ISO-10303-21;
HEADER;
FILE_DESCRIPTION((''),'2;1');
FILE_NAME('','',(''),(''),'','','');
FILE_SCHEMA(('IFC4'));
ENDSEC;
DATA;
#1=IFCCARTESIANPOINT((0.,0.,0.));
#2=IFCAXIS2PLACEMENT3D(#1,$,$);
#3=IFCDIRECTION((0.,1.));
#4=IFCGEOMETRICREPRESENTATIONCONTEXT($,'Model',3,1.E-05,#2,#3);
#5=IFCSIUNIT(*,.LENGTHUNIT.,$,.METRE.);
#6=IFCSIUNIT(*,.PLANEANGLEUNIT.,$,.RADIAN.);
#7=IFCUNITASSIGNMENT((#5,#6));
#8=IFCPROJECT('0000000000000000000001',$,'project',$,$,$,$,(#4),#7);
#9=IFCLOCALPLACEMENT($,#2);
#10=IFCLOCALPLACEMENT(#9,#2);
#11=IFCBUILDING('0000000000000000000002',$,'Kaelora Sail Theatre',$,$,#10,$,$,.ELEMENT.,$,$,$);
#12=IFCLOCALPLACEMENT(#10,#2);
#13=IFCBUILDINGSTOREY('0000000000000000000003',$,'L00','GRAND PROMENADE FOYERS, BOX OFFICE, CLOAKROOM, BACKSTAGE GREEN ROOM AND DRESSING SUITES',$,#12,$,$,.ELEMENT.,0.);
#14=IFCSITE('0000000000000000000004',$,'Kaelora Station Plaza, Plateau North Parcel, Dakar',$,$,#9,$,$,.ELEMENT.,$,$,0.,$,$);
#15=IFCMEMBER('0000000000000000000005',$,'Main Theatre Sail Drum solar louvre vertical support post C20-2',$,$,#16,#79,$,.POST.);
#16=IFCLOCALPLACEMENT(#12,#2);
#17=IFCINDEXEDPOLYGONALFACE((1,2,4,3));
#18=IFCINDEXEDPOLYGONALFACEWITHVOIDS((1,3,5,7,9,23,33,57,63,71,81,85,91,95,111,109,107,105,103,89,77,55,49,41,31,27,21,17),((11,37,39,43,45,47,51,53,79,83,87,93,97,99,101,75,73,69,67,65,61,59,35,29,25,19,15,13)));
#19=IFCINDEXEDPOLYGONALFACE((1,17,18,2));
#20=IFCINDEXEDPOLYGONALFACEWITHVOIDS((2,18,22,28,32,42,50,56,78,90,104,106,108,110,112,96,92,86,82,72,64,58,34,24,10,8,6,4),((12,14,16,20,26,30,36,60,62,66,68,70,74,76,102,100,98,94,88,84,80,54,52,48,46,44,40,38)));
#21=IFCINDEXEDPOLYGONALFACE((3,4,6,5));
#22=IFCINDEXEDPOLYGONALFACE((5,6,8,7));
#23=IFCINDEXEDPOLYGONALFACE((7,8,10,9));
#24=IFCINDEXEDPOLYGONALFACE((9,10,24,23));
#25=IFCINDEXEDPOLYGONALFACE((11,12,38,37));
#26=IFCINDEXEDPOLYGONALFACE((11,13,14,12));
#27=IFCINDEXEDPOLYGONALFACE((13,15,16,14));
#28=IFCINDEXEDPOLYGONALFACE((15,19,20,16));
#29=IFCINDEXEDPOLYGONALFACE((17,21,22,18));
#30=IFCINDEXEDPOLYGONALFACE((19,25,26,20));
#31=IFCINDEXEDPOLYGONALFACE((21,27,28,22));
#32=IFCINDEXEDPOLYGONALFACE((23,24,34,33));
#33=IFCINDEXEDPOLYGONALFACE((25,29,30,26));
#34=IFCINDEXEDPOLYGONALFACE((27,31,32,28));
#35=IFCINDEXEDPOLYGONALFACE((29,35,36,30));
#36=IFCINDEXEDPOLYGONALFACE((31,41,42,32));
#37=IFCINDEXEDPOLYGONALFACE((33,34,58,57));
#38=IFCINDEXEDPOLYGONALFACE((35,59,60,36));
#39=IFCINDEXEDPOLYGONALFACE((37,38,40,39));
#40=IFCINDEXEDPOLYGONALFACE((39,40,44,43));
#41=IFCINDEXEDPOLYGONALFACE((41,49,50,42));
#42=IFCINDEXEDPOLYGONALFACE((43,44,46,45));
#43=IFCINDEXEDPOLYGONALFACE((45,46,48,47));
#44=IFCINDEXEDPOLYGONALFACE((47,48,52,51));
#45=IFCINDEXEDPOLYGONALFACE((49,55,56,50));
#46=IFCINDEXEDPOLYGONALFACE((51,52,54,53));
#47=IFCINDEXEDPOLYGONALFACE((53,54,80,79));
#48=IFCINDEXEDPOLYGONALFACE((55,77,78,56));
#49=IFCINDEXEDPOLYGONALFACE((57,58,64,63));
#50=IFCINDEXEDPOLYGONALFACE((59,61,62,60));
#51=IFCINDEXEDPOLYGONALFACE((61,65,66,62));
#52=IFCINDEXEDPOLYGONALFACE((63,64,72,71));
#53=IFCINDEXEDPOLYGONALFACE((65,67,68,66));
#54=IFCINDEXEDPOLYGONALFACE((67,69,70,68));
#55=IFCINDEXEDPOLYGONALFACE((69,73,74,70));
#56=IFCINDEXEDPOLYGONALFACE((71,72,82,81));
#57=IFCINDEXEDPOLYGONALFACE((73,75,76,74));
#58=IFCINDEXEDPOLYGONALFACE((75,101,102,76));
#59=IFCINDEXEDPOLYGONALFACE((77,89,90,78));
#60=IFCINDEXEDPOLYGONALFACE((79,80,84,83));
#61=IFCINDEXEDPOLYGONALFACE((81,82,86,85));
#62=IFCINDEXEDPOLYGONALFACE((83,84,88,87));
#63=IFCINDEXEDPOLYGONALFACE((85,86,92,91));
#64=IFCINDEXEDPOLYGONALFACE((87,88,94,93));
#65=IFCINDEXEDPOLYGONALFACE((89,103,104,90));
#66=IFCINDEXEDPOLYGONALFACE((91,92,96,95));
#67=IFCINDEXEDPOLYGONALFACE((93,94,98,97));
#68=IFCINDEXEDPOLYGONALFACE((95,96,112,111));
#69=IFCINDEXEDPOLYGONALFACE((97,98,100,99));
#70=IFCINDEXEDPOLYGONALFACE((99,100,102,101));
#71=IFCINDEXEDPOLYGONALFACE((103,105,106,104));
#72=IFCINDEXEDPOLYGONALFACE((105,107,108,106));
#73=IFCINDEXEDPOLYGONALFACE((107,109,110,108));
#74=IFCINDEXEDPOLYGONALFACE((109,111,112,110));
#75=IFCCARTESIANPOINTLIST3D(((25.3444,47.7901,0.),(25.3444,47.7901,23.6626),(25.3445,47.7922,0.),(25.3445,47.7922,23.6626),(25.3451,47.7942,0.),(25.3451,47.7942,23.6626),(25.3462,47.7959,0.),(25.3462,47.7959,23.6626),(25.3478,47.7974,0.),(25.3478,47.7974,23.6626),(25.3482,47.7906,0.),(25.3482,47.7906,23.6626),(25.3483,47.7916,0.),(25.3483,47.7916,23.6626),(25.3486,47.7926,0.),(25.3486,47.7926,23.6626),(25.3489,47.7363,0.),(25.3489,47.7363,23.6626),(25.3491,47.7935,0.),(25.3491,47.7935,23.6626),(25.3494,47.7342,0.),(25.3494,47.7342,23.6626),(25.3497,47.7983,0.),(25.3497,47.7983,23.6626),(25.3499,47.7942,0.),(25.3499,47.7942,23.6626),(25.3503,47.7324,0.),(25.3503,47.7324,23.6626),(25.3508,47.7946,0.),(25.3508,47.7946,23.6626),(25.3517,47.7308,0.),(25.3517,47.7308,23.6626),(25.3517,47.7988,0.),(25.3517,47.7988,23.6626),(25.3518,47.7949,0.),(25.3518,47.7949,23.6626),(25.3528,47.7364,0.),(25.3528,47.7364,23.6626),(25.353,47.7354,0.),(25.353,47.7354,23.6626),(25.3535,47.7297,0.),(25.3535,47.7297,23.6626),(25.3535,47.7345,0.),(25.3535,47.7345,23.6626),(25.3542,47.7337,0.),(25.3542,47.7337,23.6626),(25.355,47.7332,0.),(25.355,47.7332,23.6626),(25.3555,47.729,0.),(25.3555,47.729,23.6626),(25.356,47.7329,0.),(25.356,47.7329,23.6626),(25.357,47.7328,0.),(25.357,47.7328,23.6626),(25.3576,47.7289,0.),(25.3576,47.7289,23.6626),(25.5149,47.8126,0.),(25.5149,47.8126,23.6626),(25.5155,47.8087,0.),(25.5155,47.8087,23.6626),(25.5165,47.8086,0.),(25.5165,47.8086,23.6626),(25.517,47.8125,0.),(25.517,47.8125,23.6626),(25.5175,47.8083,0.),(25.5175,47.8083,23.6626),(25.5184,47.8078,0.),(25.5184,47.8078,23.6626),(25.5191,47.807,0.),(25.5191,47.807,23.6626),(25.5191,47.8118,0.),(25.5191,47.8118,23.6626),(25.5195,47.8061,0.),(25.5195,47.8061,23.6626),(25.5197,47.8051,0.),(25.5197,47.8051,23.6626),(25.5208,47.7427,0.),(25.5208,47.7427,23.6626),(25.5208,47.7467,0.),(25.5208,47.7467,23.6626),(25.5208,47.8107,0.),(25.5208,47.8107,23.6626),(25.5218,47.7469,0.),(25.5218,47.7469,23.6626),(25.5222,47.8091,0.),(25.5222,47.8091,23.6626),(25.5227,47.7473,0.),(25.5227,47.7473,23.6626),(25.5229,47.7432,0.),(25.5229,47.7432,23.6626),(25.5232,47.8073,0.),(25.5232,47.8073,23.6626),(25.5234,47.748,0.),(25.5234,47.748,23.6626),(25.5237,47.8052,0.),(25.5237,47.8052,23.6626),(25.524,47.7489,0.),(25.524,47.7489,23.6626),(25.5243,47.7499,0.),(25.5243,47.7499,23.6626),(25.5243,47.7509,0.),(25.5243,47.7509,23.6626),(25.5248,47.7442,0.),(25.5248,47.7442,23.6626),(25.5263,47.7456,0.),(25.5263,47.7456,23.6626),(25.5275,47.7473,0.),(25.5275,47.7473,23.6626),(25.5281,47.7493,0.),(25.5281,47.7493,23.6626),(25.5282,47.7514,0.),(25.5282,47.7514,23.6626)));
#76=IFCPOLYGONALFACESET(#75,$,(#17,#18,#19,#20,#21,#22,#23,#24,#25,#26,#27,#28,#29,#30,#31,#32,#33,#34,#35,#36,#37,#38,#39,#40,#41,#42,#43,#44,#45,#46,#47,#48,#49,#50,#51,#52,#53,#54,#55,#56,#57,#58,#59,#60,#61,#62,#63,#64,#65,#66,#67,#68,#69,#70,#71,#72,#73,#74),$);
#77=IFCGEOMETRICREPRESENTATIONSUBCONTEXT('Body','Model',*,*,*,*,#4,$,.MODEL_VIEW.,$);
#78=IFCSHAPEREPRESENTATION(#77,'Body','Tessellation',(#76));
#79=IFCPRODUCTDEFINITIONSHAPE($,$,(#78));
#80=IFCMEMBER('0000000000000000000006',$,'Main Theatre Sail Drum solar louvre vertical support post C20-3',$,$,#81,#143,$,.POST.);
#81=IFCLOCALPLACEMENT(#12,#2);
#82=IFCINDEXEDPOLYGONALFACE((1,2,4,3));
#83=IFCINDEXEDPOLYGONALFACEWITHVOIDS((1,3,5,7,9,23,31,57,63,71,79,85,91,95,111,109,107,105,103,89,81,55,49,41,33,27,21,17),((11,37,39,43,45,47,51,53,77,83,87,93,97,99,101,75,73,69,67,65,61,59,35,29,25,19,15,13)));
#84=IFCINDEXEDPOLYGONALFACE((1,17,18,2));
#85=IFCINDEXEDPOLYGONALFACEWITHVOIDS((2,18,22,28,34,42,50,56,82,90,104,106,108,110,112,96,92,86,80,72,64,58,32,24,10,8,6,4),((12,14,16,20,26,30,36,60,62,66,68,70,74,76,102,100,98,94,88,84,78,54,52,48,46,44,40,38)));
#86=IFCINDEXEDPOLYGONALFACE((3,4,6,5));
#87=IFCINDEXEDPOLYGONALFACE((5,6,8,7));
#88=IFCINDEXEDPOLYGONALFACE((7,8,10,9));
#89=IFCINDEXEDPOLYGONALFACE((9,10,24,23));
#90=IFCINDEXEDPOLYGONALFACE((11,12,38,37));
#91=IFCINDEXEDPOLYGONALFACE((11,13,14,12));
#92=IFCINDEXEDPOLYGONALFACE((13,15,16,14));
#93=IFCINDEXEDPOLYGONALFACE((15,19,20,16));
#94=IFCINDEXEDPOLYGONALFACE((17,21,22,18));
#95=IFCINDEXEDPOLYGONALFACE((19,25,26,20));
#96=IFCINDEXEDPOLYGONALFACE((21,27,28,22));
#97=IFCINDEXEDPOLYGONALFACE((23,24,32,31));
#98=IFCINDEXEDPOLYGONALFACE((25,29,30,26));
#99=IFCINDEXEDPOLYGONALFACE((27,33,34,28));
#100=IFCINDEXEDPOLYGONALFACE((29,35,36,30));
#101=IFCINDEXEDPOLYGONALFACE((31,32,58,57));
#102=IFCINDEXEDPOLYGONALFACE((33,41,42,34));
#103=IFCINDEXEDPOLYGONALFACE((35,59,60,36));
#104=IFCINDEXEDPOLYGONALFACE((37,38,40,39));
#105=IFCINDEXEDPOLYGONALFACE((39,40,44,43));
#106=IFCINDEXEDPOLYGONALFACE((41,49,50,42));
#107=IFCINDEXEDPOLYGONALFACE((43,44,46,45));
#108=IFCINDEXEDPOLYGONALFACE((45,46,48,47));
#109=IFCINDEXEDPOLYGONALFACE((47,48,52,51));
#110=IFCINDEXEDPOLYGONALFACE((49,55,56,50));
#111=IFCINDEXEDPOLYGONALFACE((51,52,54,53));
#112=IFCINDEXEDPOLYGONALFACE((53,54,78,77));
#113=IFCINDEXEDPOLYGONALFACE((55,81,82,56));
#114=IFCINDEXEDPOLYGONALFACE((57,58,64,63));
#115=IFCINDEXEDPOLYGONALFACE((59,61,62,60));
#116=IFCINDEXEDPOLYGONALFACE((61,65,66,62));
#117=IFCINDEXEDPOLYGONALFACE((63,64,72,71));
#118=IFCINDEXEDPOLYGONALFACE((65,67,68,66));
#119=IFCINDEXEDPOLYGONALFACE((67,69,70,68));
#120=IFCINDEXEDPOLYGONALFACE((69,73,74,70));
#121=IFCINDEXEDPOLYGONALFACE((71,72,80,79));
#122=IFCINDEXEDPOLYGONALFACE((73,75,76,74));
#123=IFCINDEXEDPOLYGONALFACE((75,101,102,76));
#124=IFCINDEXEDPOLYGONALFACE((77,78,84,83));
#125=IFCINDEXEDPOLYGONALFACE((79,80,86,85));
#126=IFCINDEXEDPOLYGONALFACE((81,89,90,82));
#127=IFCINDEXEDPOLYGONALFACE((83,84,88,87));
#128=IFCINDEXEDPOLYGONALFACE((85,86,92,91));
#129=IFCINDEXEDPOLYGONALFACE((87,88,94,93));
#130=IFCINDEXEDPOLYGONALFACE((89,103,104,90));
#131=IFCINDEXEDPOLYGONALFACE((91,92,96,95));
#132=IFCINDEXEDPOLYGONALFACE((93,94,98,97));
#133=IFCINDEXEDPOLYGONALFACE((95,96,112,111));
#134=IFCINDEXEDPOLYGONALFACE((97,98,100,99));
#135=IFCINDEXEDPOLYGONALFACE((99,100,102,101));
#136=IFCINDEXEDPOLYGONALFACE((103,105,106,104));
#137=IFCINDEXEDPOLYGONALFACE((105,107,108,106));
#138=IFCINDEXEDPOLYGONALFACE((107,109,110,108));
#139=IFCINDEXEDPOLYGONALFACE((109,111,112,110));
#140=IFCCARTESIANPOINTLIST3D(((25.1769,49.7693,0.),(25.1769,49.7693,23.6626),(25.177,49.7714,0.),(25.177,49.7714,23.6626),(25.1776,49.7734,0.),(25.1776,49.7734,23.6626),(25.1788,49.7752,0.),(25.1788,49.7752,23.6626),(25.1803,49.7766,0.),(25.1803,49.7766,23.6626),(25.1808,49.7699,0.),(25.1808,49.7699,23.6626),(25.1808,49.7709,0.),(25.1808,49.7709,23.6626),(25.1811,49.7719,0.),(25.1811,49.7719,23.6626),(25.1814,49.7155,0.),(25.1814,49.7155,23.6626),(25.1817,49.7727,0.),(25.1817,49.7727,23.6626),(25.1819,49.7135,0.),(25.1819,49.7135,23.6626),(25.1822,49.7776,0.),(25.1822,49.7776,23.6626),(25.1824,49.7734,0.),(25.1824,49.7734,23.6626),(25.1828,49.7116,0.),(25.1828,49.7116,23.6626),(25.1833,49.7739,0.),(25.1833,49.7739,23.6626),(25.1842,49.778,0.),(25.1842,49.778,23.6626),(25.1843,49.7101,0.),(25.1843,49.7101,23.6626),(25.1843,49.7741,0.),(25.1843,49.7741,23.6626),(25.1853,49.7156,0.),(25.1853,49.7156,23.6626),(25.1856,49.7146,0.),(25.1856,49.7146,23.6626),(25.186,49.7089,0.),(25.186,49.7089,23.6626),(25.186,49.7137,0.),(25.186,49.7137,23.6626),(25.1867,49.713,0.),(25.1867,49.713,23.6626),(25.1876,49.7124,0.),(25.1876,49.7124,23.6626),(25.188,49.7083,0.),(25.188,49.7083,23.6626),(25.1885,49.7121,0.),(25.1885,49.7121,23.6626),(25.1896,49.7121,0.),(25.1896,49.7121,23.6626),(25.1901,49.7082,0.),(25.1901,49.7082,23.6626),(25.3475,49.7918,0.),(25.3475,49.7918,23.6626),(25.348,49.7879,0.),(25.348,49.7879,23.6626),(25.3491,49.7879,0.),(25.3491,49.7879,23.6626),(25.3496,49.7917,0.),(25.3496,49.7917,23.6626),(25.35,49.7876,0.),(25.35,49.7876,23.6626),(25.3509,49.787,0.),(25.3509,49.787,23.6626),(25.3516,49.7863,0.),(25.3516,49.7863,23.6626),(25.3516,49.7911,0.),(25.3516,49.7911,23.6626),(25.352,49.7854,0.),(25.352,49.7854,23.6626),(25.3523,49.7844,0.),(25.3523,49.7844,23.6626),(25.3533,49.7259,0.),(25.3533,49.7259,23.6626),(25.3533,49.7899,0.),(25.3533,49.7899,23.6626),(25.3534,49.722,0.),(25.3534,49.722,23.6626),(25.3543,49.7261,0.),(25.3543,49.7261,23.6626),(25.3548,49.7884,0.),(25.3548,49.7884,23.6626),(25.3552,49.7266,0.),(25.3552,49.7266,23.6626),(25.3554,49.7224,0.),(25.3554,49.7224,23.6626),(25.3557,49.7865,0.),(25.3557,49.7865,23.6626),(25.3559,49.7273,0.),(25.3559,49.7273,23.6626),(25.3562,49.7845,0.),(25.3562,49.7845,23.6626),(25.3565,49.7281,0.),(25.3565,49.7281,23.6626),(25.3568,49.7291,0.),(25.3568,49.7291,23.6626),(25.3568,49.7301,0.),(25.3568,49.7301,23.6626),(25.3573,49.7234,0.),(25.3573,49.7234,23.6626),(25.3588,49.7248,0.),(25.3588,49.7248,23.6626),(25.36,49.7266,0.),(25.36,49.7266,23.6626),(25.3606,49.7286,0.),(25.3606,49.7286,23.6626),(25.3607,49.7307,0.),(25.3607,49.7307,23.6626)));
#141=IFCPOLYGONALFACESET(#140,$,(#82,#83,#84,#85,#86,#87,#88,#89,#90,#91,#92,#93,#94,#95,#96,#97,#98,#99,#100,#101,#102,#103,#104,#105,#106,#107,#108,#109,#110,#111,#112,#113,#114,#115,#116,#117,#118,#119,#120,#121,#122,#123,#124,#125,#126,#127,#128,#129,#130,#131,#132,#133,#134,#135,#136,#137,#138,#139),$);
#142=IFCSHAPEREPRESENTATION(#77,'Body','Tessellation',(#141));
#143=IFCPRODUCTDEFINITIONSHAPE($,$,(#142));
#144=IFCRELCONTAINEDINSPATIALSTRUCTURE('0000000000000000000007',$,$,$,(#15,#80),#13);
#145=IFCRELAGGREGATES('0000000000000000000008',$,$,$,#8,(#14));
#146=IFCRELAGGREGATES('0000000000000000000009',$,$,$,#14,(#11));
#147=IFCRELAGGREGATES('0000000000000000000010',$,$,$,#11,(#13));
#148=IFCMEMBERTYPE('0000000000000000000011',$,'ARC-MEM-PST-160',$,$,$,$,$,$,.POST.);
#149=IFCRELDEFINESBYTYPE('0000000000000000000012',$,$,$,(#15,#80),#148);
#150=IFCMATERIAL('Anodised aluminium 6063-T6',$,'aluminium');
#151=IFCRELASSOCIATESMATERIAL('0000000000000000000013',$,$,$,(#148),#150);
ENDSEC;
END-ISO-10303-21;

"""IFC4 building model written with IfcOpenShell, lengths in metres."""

from ifc_helpers import new_model, si_unit, direction, frame, origin, origin_2d, place, context, subcontext, project, spatial, hollow_rectangle, extrude, material, material_profile, profile_set, type_object, element, save


model = new_model("IFC4")

# Units and contexts
model_context = context("Model", 3, precision=1e-05, world=origin(), true_north=direction((0.0, 1.0)))
body_context = subcontext(model_context, "Body", "Model", "MODEL_VIEW")
ifc_project = project(units=[si_unit("LENGTHUNIT", "METRE"), si_unit("PLANEANGLEUNIT", "RADIAN")], contexts=[model_context])

# Site, building, storey
site_placement = place(None, origin())
site = spatial("IfcSite", under=ifc_project, at=site_placement, Name="Kaelora Station Plaza, Plateau North Parcel, Dakar", CompositionType="ELEMENT", RefElevation=0.0)
building_placement = place(site_placement, origin())
building = spatial("IfcBuilding", under=site, at=building_placement, Name="Kaelora Sail Theatre", CompositionType="ELEMENT")
storey_placement = place(building_placement, origin())
storey = spatial("IfcBuildingStorey", under=building, at=storey_placement, Name="L00", Description="GRAND PROMENADE FOYERS, BOX OFFICE, CLOAKROOM, BACKSTAGE GREEN ROOM AND DRESSING SUITES", CompositionType="ELEMENT", Elevation=0.0)

# Members
ifc_material_1 = material(Name="Anodised aluminium 6063-T6", Category="aluminium")
ifc_material_profile_1 = material_profile(ifc_material_1, hollow_rectangle(XDim=0.0701, YDim=0.1799, WallThickness=0.0039, InnerFilletRadius=0.0039, OuterFilletRadius=0.0081, at=origin_2d()), Name="ALU-MULL 70x180x4")
ifc_profile_set_1 = profile_set([ifc_material_profile_1], Name="Anodised aluminium 6063-T6")
member_type_1 = type_object("IfcMemberType", Name="ARC-MEM-PST-160", PredefinedType="POST", material=ifc_profile_set_1)
for number, where, z_axis, x_axis, name in (
    (1, (25.4363, 47.7708, 0.0), (0.0, 0.0, 1.0), (-0.0842, 0.996449, 0.0), "Main Theatre Sail Drum solar louvre vertical support post C20-2"),
    (2, (25.2688, 49.75, 0.0), (0.0, 0.0, 1.0), (-0.0842, 0.996449, 0.0), "Main Theatre Sail Drum solar louvre vertical support post C20-3"),
):
    element("IfcMember", number, at=place(storey_placement, frame(where, z_axis=z_axis, x_axis=x_axis)), inside=storey, type_object=member_type_1, Name=name, PredefinedType="POST", context=body_context, shape_type="SweptSolid", body=[
        extrude(hollow_rectangle(XDim=0.0701, YDim=0.1799, WallThickness=0.0039, InnerFilletRadius=0.0039, OuterFilletRadius=0.0081, at=origin_2d()), origin(), (0.0, 0.0, 1.0), 23.6626),
    ])

save(model, "model.ifc")
